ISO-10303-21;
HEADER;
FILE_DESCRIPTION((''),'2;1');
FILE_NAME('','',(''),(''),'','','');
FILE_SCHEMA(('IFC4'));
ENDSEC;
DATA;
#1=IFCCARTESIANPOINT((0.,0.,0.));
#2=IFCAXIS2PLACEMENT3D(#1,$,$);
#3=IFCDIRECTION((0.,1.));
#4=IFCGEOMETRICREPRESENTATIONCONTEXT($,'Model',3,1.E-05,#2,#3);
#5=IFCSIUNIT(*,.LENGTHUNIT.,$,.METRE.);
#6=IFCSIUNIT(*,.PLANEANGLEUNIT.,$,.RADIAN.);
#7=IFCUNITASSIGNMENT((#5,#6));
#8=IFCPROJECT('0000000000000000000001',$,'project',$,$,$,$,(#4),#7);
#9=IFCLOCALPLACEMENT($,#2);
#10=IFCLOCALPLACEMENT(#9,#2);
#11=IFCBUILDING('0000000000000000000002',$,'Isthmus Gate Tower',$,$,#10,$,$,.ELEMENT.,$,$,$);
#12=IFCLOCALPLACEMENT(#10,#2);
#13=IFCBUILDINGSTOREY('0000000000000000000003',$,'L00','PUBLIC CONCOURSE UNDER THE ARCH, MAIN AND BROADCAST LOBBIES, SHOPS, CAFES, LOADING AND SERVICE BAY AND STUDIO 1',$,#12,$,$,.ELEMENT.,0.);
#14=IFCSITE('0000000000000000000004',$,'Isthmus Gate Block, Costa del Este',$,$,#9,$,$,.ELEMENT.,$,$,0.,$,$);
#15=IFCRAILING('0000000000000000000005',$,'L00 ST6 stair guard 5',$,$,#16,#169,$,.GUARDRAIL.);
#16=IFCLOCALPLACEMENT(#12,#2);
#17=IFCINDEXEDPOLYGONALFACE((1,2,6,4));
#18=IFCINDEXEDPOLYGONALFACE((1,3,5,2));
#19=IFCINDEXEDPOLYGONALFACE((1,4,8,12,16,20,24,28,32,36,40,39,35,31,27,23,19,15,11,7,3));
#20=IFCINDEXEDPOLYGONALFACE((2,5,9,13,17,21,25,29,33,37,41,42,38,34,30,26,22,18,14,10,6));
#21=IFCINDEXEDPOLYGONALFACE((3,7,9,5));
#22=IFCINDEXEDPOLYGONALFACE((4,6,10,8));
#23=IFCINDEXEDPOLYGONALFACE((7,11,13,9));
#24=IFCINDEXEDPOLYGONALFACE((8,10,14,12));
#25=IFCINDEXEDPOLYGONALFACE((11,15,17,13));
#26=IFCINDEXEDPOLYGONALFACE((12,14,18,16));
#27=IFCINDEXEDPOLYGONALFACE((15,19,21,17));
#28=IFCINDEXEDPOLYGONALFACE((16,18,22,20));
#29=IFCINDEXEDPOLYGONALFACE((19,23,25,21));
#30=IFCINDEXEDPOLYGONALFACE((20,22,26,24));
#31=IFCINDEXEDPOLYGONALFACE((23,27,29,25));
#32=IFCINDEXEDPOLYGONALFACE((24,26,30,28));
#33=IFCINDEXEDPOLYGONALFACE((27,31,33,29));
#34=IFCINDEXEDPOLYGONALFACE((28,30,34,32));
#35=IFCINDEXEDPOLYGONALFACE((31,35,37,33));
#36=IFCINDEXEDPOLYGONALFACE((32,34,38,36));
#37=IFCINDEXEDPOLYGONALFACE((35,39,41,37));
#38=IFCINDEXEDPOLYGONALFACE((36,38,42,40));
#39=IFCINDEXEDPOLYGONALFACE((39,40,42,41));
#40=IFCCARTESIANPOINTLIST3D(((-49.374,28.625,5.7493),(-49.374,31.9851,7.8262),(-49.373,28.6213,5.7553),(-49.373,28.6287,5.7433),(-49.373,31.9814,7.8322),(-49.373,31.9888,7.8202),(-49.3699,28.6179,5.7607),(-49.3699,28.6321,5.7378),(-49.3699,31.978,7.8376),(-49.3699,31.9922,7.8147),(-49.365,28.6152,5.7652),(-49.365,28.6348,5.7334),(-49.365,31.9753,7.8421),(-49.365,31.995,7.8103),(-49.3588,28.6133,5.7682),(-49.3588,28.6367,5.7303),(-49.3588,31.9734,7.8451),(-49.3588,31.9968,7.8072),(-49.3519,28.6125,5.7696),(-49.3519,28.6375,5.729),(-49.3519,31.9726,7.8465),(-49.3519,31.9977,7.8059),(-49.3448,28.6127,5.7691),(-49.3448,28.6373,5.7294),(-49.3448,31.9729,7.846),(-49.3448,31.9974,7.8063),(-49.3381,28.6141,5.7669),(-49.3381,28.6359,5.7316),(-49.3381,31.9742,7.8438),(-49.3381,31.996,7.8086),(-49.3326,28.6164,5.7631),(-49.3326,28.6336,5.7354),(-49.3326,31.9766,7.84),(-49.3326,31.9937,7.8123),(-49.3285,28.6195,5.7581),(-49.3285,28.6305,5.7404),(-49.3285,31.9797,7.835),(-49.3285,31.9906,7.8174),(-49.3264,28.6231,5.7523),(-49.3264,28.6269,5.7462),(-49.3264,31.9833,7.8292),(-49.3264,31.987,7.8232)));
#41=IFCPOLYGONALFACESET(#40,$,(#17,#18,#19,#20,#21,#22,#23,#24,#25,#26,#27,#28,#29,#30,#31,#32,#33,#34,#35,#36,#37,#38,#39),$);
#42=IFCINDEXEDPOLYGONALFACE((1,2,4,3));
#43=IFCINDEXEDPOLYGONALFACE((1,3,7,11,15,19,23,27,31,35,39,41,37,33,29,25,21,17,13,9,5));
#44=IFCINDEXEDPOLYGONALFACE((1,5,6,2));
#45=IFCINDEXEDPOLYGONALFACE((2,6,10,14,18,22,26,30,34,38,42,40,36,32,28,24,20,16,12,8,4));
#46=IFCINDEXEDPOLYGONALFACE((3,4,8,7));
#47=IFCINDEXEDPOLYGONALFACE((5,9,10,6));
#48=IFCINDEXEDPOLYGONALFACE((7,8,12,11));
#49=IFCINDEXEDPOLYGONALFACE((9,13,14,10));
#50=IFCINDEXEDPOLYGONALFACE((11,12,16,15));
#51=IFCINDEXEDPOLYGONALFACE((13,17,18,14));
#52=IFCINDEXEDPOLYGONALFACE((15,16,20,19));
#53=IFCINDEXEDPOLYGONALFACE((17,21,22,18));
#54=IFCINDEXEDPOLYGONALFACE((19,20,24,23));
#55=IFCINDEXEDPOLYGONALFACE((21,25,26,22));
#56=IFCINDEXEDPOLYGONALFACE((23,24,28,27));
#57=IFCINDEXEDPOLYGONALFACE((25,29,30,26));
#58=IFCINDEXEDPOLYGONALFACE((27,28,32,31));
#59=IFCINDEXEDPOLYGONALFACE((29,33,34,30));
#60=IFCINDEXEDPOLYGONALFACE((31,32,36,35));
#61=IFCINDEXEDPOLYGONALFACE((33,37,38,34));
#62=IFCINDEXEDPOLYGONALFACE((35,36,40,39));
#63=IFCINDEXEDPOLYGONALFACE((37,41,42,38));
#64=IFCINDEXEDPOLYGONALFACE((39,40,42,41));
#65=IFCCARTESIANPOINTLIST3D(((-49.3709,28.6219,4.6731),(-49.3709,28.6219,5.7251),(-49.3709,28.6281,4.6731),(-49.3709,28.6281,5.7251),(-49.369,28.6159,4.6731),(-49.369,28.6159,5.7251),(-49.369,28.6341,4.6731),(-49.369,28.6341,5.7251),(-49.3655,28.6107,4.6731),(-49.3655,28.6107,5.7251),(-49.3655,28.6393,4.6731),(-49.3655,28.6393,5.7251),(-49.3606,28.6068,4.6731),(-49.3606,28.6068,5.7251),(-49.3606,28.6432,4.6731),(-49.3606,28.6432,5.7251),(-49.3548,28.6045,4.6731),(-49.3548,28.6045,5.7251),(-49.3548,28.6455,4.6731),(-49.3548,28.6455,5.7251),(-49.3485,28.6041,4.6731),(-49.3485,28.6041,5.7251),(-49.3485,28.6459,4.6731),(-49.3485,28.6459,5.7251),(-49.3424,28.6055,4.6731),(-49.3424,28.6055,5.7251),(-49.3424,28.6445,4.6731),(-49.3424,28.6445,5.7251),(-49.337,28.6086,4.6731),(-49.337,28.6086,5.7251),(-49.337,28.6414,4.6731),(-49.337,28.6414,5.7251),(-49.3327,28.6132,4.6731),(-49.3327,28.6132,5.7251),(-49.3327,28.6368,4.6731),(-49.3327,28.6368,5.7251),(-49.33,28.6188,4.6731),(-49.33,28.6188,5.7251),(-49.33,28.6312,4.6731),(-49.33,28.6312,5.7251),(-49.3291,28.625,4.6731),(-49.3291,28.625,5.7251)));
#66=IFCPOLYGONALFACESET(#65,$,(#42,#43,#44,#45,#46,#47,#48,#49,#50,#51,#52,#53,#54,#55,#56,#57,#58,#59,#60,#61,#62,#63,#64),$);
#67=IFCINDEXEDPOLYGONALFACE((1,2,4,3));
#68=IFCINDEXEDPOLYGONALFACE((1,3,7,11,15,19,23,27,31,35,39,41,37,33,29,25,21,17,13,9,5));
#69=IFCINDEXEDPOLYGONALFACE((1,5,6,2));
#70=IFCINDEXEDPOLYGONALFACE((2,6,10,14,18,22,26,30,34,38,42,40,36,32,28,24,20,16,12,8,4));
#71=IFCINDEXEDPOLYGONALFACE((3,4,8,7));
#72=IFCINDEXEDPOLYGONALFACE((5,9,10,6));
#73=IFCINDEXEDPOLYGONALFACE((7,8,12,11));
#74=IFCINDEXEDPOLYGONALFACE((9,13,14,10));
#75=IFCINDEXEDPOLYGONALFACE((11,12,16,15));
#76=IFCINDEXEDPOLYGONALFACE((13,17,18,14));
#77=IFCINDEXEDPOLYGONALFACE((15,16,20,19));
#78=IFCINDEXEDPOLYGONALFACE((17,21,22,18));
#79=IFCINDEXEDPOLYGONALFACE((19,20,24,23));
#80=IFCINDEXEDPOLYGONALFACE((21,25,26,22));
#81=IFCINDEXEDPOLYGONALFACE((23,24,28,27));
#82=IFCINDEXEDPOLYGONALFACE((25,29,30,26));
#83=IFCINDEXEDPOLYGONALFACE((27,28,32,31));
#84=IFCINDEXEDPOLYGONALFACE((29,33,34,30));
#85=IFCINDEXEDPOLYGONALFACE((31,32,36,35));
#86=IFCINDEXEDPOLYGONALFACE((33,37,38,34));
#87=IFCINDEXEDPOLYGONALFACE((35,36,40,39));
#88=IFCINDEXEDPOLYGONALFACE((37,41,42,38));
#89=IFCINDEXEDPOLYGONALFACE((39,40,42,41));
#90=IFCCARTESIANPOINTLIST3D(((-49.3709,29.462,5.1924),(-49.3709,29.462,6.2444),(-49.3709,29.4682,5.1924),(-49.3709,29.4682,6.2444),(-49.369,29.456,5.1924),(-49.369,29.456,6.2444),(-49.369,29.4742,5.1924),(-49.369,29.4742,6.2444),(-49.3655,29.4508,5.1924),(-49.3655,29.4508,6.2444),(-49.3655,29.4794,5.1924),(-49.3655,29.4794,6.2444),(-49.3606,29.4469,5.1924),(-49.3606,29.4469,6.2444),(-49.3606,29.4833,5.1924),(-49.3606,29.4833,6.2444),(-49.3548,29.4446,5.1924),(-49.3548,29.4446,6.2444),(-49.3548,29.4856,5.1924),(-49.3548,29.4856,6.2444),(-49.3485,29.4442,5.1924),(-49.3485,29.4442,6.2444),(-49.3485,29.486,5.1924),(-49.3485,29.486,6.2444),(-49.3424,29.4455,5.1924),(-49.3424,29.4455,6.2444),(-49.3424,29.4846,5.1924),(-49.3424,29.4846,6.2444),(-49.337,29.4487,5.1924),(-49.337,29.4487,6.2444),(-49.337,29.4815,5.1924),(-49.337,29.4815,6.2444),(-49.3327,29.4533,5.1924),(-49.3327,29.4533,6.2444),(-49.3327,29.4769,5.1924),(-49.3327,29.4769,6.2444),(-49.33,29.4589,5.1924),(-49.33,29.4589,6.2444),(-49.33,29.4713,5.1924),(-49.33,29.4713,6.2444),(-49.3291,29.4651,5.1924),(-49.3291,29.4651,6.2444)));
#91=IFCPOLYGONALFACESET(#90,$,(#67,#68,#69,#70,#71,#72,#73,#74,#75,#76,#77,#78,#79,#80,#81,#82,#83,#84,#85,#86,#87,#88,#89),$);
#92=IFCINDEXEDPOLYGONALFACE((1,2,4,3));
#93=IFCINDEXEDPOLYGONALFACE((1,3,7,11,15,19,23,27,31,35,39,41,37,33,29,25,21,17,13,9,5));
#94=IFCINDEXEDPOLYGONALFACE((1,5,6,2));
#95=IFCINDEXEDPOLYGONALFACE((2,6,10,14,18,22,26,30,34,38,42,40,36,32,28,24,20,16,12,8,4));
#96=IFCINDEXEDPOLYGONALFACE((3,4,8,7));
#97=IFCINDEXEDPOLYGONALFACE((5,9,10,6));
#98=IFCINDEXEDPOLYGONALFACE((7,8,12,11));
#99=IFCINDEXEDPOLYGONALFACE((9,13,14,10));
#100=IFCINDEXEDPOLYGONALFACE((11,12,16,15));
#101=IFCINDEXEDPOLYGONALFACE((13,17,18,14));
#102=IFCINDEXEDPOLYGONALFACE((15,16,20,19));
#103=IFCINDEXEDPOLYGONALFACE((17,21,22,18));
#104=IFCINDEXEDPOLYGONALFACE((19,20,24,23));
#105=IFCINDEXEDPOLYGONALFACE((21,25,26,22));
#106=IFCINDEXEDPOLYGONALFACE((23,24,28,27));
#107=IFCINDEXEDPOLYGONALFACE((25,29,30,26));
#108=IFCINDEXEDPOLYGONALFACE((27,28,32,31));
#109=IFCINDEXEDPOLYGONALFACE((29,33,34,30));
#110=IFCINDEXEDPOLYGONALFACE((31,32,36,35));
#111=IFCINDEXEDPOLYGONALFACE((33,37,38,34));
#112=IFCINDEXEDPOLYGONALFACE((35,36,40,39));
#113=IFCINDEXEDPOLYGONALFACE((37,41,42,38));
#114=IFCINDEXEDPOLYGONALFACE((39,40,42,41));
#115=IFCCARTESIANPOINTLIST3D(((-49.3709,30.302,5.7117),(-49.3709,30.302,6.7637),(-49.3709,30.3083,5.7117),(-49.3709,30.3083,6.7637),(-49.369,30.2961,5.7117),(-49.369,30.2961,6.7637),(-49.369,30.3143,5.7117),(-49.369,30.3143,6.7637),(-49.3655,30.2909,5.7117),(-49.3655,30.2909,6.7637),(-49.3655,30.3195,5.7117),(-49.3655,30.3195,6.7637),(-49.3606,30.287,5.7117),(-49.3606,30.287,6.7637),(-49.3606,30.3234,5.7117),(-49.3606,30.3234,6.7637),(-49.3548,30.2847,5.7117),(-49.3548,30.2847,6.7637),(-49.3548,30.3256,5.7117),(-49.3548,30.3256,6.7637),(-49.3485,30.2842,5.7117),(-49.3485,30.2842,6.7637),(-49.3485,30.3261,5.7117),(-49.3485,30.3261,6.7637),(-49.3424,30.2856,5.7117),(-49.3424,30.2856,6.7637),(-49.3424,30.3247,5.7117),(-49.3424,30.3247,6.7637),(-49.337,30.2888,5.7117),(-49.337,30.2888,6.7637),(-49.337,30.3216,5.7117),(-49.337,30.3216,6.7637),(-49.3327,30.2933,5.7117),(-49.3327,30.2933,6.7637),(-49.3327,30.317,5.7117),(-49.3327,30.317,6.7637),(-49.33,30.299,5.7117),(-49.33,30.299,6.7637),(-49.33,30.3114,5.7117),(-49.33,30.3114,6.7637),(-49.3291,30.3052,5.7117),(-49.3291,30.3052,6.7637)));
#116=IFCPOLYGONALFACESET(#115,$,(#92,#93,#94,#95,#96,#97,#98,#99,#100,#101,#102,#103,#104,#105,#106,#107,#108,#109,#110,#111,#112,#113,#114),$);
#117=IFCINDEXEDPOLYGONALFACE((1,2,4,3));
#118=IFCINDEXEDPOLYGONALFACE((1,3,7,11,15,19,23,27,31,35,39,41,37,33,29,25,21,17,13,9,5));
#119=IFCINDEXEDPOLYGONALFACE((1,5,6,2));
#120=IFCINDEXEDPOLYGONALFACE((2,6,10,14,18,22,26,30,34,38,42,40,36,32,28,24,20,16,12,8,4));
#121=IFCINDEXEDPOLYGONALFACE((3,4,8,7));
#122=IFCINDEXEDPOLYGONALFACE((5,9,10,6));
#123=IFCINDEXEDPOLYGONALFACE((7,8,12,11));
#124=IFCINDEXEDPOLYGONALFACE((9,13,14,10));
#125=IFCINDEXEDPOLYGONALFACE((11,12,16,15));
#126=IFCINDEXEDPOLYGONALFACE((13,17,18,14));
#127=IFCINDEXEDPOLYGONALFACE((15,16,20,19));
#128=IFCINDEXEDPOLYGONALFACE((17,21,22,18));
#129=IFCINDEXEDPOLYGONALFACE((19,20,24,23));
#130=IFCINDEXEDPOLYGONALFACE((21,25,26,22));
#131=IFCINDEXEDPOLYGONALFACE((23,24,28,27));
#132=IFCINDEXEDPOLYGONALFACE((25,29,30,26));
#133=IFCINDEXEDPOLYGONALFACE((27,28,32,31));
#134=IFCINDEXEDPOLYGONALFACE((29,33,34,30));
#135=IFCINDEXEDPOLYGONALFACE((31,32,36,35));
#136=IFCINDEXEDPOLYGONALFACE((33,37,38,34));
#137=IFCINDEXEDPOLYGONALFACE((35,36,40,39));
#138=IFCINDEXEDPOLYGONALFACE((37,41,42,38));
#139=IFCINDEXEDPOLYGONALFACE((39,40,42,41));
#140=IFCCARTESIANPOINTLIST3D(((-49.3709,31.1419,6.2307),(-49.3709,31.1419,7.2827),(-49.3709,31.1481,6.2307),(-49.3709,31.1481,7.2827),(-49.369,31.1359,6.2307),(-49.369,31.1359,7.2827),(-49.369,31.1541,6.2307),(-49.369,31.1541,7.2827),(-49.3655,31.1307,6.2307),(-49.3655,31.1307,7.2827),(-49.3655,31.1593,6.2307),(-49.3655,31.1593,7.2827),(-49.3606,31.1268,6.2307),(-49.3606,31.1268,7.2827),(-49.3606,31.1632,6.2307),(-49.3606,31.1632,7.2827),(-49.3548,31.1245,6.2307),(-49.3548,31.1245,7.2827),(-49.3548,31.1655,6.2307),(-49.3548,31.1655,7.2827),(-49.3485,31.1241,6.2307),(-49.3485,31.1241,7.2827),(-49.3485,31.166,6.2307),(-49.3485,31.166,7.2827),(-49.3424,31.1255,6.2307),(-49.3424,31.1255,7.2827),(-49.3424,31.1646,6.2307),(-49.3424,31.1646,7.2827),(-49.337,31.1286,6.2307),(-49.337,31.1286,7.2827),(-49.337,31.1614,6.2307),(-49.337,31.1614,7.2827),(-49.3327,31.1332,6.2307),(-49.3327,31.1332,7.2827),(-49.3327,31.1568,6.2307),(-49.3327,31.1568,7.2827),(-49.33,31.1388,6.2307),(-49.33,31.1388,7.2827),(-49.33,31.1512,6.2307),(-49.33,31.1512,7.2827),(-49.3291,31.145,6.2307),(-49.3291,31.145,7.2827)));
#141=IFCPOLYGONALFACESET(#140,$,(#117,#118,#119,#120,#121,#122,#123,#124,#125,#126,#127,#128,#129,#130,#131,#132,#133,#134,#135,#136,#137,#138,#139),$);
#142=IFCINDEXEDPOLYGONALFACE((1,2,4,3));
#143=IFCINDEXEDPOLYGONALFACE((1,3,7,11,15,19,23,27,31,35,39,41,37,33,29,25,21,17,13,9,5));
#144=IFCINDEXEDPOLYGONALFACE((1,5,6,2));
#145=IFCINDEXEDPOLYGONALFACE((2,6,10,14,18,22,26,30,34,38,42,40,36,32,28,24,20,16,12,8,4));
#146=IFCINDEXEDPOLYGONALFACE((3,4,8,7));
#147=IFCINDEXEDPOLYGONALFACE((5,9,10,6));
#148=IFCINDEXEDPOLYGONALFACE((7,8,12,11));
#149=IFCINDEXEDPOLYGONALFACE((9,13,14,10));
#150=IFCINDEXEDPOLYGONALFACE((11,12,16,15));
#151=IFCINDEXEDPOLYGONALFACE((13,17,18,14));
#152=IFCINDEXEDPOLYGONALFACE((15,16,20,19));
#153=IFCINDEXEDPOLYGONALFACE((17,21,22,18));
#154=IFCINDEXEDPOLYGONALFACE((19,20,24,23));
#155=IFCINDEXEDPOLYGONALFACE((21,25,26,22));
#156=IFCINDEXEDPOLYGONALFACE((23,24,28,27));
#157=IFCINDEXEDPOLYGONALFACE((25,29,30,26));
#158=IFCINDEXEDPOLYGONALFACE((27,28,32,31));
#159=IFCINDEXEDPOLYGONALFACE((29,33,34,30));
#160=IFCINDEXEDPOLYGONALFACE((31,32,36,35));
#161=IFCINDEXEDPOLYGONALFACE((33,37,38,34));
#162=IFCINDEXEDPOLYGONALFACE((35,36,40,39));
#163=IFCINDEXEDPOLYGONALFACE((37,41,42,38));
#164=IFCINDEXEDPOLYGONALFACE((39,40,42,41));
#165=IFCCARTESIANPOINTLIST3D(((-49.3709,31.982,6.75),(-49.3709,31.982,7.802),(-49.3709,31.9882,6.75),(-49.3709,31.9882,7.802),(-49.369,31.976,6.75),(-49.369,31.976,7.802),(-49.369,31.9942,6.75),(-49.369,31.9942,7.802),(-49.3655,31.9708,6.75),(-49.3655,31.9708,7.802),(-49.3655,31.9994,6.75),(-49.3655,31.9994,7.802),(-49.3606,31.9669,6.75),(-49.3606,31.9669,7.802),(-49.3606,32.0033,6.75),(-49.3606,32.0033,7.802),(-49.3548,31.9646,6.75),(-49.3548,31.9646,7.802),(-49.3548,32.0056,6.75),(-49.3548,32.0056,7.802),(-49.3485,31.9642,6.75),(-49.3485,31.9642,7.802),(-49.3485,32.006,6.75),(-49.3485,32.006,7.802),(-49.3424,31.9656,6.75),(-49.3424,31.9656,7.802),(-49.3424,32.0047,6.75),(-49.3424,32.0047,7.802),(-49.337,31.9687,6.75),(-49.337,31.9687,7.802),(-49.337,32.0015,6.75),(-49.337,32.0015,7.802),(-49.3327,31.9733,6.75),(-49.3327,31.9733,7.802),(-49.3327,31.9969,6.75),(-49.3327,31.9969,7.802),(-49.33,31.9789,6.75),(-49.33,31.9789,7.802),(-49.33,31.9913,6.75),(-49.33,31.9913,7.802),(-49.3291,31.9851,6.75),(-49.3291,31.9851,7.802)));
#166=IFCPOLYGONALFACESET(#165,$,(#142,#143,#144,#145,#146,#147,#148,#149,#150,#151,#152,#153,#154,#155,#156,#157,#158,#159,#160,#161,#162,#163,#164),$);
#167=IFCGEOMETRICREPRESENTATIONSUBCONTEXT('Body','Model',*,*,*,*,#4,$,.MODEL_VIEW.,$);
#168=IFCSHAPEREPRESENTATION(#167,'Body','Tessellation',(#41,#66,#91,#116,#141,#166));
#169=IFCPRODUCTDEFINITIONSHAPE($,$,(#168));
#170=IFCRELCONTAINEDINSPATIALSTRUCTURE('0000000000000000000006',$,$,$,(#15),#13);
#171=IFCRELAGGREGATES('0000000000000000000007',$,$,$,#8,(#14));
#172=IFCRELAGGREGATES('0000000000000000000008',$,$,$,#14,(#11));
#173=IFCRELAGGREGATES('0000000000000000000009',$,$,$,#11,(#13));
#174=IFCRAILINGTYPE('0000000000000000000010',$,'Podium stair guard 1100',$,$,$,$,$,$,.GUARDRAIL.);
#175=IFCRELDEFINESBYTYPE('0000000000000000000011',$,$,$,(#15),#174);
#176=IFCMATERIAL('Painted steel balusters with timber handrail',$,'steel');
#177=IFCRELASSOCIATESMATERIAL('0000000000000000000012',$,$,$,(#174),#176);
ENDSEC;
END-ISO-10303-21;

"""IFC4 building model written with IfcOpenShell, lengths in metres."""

from ifc_helpers import new_model, si_unit, direction, frame, origin, origin_2d, place, context, subcontext, project, spatial, circle, extrude, material, type_object, element, save


model = new_model("IFC4")

# Units and contexts
model_context = context("Model", 3, precision=1e-05, world=origin(), true_north=direction((0.0, 1.0)))
body_context = subcontext(model_context, "Body", "Model", "MODEL_VIEW")
ifc_project = project(units=[si_unit("LENGTHUNIT", "METRE"), si_unit("PLANEANGLEUNIT", "RADIAN")], contexts=[model_context])

# Site, building, storey
site_placement = place(None, origin())
site = spatial("IfcSite", under=ifc_project, at=site_placement, Name="Isthmus Gate Block, Costa del Este", CompositionType="ELEMENT", RefElevation=0.0)
building_placement = place(site_placement, origin())
building = spatial("IfcBuilding", under=site, at=building_placement, Name="Isthmus Gate Tower", CompositionType="ELEMENT")
storey_placement = place(building_placement, origin())
storey = spatial("IfcBuildingStorey", under=building, at=storey_placement, Name="L00", Description="PUBLIC CONCOURSE UNDER THE ARCH, MAIN AND BROADCAST LOBBIES, SHOPS, CAFES, LOADING AND SERVICE BAY AND STUDIO 1", CompositionType="ELEMENT", Elevation=0.0)

# Railing
ifc_material_1 = material(Name="Painted steel balusters with timber handrail", Category="steel")
railing_type_1 = type_object("IfcRailingType", Name="Podium stair guard 1100", PredefinedType="GUARDRAIL", material=ifc_material_1)
railing_placement = place(storey_placement, frame((-49.3501, 28.625, 4.6731)))
element("IfcRailing", 1, at=railing_placement, inside=storey, type_object=railing_type_1, Name="L00 ST6 stair guard 5", PredefinedType="GUARDRAIL", context=body_context, shape_type="SweptSolid", body=[
    extrude(circle(Radius=0.0239, at=origin_2d()), frame((0.0, 0.0, 1.0762), z_axis=(0.0, 0.850623, 0.525776), x_axis=(-1.0, 0.0, 0.0)), (0.0, 0.0, 1.0), 3.9502),
    extrude(circle(Radius=0.021, at=origin_2d()), origin(), (0.0, 0.0, 1.0), 1.052),
    extrude(circle(Radius=0.021, at=origin_2d()), frame((0.0, 0.8401, 0.5193)), (0.0, 0.0, 1.0), 1.052),
    extrude(circle(Radius=0.021, at=origin_2d()), frame((0.0, 1.6802, 1.0386)), (0.0, 0.0, 1.0), 1.052),
    extrude(circle(Radius=0.021, at=origin_2d()), frame((0.0, 2.52, 1.5576)), (0.0, 0.0, 1.0), 1.052),
    extrude(circle(Radius=0.021, at=origin_2d()), frame((0.0, 3.3601, 2.0769)), (0.0, 0.0, 1.0), 1.052),
])

save(model, "model.ifc")
